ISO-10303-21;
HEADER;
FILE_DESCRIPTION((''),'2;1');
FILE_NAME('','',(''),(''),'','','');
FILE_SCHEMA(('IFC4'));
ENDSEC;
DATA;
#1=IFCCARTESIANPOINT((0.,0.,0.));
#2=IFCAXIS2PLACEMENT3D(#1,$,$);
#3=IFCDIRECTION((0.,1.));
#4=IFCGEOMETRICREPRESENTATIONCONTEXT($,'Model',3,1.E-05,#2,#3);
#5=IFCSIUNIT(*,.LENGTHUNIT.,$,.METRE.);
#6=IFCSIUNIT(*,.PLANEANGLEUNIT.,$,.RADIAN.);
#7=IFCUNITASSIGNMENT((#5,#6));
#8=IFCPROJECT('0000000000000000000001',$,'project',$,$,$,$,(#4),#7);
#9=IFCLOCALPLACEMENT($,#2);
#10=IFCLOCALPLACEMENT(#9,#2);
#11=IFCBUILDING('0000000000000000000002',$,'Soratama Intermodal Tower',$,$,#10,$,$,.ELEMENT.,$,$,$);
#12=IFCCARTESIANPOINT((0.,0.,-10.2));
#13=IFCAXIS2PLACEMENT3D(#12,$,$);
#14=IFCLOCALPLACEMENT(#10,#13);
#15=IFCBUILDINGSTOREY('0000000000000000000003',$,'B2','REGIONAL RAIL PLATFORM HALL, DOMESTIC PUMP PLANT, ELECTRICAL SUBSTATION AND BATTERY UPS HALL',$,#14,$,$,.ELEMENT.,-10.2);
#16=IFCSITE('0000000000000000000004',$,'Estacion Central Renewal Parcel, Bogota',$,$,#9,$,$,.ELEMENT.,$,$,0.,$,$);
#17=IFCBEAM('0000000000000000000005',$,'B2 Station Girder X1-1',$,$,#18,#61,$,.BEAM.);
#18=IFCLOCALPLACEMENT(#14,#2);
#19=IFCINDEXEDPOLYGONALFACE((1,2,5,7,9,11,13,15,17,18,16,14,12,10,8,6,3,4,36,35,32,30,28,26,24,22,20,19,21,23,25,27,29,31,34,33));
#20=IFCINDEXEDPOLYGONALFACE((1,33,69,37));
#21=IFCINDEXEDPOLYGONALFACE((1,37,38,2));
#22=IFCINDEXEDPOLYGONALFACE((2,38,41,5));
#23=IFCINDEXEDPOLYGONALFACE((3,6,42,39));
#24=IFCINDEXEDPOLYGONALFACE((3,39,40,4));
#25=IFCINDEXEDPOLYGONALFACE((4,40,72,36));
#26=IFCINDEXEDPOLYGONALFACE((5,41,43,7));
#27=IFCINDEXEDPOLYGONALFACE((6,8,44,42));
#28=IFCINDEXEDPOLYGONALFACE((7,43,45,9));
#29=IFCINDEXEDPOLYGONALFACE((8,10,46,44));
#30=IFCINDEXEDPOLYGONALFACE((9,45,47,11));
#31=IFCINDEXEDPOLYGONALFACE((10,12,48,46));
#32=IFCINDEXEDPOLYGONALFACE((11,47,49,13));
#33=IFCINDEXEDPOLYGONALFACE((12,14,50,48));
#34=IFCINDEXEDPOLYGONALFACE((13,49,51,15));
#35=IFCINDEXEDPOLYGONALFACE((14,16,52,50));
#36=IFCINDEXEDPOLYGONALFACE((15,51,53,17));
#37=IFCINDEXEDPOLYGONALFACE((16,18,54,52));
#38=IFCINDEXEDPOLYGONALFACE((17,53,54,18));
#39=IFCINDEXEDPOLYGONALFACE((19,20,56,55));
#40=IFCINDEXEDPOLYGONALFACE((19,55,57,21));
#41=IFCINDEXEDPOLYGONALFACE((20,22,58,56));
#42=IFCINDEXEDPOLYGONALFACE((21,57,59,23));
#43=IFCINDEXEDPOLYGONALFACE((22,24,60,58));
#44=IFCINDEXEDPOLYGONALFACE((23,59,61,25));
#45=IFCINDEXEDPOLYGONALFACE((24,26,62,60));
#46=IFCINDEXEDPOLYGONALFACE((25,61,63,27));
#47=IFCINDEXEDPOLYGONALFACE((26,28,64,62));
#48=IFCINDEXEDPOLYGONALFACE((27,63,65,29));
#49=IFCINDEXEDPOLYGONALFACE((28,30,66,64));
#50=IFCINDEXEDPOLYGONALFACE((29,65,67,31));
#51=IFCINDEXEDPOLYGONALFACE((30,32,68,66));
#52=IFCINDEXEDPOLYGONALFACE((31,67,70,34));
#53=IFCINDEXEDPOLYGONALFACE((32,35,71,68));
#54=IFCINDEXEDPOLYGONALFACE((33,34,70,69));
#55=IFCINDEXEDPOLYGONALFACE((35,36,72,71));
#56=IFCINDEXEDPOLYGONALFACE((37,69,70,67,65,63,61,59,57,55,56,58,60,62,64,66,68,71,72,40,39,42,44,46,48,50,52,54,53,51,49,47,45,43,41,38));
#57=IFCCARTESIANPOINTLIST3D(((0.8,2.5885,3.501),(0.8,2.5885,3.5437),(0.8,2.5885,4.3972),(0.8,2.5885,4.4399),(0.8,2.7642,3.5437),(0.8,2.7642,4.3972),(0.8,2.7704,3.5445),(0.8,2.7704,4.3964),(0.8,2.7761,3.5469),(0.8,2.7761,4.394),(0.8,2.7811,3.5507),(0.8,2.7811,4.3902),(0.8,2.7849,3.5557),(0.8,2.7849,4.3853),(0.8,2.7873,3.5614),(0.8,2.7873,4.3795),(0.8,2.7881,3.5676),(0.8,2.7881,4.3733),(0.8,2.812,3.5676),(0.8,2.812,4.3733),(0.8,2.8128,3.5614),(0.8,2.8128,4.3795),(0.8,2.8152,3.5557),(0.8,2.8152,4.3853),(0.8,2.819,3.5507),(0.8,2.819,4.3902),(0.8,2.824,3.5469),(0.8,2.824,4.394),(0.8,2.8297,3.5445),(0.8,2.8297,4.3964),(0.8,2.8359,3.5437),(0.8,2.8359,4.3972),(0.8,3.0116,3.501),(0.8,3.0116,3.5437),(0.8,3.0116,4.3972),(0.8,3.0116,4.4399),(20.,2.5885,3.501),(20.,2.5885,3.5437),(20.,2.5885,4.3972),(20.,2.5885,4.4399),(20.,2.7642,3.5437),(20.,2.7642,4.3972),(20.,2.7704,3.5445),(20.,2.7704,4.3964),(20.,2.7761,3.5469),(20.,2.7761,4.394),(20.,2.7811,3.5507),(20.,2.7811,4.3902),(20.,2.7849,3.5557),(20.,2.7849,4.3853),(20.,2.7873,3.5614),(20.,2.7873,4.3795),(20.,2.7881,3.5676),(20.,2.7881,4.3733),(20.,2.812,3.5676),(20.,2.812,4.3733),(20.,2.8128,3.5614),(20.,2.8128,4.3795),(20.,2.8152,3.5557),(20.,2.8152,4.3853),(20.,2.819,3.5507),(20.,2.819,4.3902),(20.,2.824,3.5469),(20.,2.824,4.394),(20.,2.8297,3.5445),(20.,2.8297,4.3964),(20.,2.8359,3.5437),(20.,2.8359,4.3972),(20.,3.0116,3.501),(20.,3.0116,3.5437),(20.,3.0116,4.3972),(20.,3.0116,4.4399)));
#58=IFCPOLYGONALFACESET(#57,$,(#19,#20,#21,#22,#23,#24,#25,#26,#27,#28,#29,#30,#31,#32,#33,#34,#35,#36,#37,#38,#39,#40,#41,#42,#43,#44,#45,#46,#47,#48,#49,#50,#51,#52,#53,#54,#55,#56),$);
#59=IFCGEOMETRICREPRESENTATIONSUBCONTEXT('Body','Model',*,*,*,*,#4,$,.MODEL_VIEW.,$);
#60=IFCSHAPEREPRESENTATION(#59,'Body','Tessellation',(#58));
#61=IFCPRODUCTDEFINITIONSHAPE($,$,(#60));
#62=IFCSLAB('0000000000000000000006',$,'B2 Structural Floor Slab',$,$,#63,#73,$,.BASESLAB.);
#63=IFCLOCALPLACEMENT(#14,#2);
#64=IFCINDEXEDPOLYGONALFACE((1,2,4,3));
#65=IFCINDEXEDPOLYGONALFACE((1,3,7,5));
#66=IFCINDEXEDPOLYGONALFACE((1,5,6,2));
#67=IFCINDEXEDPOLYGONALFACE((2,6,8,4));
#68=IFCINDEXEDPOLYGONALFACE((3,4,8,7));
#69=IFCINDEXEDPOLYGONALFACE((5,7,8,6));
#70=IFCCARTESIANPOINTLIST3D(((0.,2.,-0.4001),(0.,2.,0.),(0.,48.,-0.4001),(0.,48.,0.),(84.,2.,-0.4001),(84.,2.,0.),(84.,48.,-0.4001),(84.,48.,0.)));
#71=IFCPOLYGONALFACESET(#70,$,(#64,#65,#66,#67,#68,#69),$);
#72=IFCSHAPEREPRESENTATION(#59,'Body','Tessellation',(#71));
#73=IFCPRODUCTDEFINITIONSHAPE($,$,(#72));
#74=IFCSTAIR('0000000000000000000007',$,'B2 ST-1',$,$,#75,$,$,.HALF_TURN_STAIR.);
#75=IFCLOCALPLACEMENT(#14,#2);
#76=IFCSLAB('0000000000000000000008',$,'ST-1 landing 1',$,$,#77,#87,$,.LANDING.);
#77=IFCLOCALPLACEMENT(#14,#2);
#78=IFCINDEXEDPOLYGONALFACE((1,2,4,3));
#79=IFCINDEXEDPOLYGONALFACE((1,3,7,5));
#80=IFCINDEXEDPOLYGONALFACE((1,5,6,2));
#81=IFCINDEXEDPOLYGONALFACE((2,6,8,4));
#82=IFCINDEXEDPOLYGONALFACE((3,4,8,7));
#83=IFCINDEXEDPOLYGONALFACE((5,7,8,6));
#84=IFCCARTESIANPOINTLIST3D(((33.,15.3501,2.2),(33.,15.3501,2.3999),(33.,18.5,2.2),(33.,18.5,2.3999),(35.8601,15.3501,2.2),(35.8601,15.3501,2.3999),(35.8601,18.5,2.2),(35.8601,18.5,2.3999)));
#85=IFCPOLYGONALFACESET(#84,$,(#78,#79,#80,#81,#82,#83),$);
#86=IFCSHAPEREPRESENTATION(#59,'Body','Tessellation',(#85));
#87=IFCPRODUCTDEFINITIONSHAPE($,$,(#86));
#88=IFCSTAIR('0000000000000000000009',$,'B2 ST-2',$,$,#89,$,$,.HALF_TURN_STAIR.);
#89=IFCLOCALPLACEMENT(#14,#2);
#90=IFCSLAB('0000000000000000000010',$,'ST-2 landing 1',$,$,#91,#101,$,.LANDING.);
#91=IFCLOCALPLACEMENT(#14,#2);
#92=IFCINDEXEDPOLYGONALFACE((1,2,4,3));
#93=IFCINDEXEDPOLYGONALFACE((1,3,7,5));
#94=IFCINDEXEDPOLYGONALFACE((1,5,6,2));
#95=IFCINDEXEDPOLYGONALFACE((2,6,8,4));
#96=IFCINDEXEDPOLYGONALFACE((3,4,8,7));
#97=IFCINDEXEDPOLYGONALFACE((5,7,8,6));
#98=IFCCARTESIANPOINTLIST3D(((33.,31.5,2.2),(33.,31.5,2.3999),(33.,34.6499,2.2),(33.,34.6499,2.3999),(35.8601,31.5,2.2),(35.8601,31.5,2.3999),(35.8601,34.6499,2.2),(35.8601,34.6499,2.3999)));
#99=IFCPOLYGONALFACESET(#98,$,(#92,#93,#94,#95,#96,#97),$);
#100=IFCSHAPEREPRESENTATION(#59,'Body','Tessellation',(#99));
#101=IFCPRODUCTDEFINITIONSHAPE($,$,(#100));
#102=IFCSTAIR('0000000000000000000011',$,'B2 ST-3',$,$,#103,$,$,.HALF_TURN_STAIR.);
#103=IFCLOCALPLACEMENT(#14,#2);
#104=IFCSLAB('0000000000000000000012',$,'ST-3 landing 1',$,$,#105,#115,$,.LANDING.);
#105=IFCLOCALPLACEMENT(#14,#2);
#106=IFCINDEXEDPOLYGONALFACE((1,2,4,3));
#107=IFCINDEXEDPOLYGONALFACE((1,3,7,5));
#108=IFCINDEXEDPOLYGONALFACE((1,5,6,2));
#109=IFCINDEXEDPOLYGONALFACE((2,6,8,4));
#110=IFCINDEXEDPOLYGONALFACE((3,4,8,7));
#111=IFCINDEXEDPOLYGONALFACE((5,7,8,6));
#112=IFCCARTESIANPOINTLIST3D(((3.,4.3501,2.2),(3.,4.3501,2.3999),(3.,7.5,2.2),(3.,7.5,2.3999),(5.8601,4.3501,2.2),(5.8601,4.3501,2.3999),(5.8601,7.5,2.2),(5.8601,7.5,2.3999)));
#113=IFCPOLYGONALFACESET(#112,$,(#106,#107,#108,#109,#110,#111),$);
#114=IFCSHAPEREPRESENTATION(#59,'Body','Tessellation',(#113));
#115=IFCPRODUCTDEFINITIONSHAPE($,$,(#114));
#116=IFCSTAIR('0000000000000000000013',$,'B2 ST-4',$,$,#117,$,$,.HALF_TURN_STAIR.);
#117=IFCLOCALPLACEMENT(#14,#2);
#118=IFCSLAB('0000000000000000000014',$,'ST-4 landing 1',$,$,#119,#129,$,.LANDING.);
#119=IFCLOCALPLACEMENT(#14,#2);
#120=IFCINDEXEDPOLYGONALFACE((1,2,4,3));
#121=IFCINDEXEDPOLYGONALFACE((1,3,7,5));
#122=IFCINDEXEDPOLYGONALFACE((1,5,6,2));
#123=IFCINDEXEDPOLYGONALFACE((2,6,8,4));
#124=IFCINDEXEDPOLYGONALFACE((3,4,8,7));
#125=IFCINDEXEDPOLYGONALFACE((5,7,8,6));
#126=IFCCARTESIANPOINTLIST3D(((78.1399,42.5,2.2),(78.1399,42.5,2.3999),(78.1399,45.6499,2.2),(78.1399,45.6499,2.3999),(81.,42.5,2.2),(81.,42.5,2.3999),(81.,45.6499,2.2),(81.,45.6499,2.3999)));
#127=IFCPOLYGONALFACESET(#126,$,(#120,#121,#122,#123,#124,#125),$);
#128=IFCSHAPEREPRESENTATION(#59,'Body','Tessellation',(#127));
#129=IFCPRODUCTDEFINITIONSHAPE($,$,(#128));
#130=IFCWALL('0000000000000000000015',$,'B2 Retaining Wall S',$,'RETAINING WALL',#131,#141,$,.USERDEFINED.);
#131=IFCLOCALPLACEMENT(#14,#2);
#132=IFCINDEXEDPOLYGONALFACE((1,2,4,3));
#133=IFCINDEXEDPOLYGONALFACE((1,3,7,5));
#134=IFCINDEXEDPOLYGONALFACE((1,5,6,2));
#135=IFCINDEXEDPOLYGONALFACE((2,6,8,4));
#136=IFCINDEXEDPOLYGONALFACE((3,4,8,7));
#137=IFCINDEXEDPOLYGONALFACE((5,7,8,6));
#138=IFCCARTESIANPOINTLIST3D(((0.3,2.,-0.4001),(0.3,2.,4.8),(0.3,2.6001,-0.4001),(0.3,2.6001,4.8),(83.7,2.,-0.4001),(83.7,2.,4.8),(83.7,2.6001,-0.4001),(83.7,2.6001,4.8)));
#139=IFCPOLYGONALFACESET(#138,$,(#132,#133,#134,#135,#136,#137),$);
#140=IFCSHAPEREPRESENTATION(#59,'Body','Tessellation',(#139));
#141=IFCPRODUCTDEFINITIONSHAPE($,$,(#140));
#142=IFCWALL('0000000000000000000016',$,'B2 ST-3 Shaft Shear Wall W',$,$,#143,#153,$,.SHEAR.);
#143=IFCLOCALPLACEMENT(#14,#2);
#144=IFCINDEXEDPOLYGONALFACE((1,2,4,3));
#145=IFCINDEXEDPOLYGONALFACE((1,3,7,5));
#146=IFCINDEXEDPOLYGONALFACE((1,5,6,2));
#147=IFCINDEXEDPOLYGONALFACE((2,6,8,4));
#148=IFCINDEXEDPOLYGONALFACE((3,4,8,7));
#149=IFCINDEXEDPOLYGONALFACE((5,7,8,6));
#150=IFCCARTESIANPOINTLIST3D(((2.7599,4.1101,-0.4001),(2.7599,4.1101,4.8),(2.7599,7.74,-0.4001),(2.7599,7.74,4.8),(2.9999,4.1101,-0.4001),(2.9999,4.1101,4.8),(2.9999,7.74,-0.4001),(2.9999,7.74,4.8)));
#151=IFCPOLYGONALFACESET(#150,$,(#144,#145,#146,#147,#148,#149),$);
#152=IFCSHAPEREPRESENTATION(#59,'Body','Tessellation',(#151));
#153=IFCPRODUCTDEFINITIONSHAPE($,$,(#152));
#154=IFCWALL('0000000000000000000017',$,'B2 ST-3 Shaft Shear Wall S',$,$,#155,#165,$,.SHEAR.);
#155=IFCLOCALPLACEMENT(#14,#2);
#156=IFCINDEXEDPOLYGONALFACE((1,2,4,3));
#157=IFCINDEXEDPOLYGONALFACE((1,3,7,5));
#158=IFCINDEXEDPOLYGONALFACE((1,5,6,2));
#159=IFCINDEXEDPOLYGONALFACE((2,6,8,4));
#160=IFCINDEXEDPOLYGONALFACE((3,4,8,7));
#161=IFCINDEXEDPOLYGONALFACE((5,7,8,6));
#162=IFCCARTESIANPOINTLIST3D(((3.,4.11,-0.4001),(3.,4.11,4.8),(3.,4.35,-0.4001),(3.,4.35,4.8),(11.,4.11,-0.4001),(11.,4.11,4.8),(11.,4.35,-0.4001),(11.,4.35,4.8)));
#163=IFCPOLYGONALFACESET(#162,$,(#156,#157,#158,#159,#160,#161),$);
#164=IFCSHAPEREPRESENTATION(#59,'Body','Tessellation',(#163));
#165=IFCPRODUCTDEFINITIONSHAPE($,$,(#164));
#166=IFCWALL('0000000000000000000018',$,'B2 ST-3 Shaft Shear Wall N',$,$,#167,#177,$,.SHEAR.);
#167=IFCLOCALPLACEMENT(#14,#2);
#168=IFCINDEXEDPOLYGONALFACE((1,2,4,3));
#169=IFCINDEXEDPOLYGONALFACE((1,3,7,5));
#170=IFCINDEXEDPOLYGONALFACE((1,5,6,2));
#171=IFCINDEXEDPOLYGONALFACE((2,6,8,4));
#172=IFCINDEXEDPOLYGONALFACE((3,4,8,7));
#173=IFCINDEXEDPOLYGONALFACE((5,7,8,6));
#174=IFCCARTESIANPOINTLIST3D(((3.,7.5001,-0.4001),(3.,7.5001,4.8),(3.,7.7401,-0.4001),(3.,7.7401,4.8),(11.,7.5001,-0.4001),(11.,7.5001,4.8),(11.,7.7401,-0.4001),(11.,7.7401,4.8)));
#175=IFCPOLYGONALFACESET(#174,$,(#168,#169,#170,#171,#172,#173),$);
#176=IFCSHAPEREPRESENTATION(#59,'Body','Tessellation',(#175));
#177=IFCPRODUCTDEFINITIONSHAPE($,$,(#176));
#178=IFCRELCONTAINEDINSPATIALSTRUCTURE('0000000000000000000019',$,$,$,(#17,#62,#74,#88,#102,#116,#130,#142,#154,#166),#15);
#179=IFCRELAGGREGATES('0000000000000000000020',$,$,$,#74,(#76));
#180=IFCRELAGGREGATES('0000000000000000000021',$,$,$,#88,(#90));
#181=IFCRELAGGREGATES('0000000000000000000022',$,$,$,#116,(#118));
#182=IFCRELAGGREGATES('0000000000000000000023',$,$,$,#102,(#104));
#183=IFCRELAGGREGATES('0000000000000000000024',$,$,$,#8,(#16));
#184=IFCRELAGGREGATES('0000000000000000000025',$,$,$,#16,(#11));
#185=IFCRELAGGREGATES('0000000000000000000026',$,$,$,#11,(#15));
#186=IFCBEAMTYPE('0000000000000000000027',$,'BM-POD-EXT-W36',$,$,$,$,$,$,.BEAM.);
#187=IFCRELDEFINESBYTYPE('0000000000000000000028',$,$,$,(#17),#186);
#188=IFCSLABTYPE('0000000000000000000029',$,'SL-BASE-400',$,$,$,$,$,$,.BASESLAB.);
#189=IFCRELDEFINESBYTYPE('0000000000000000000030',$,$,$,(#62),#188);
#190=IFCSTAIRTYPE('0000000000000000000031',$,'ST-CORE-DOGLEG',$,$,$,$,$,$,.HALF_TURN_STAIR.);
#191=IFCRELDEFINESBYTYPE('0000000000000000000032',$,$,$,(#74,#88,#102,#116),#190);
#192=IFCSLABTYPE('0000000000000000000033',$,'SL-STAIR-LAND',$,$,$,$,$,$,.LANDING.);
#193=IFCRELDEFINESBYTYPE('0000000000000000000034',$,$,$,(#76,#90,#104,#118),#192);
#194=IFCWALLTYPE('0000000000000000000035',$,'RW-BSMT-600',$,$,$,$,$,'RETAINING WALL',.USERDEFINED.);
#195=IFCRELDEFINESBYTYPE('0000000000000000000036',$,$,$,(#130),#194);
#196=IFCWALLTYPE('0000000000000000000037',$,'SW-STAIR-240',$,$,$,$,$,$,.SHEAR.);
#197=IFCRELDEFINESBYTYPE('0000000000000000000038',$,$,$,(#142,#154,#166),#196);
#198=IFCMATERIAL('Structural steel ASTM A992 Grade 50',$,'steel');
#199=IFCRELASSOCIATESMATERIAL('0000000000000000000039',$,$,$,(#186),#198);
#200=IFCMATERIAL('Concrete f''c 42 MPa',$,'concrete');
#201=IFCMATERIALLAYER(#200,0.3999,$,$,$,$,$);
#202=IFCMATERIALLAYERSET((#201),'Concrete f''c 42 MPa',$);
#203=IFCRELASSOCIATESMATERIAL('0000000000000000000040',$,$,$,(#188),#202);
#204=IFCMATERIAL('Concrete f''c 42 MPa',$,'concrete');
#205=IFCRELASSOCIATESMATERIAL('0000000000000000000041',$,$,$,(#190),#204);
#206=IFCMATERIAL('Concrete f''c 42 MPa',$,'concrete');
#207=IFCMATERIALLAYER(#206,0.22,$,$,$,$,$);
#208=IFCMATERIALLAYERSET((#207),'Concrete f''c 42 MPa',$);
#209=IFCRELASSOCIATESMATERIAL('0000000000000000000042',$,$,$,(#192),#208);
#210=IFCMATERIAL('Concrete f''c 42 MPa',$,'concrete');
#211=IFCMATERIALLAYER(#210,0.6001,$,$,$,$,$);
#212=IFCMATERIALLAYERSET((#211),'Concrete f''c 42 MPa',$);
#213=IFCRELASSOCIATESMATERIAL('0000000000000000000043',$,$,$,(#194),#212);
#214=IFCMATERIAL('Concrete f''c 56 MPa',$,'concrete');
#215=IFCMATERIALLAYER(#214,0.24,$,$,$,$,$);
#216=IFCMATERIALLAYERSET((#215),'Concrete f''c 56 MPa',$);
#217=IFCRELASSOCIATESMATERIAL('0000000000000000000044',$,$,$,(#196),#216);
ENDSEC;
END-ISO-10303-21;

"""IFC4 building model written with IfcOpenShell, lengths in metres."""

from ifc_helpers import new_model, si_unit, direction, frame, frame_2d, origin, origin_2d, place, context, subcontext, project, spatial, polyline, rectangle, i_section, outline, extrude, material, layer, layer_set, material_profile, profile_set, type_object, element, aggregate, save


model = new_model("IFC4")

# Units and contexts
model_context = context("Model", 3, precision=1e-05, world=origin(), true_north=direction((0.0, 1.0)))
body_context = subcontext(model_context, "Body", "Model", "MODEL_VIEW")
ifc_project = project(units=[si_unit("LENGTHUNIT", "METRE"), si_unit("PLANEANGLEUNIT", "RADIAN")], contexts=[model_context])

# Site, building, storey
site_placement = place(None, origin())
site = spatial("IfcSite", under=ifc_project, at=site_placement, Name="Estacion Central Renewal Parcel, Bogota", CompositionType="ELEMENT", RefElevation=0.0)
building_placement = place(site_placement, origin())
building = spatial("IfcBuilding", under=site, at=building_placement, Name="Soratama Intermodal Tower", CompositionType="ELEMENT")
storey_placement = place(building_placement, frame((0.0, 0.0, -10.2)))
storey = spatial("IfcBuildingStorey", under=building, at=storey_placement, Name="B2", Description="REGIONAL RAIL PLATFORM HALL, DOMESTIC PUMP PLANT, ELECTRICAL SUBSTATION AND BATTERY UPS HALL", CompositionType="ELEMENT", Elevation=-10.2)

# Beam
ifc_material_1 = material(Name="Structural steel ASTM A992 Grade 50", Category="steel")
ifc_material_profile_1 = material_profile(ifc_material_1, i_section(OverallWidth=0.4231, OverallDepth=0.939, WebThickness=0.0239, FlangeThickness=0.0427, FilletRadius=0.0239, at=origin_2d()), Name="W36X302")
ifc_profile_set_1 = profile_set([ifc_material_profile_1], Name="Structural steel ASTM A992 Grade 50")
beam_type_1 = type_object("IfcBeamType", Name="BM-POD-EXT-W36", PredefinedType="BEAM", material=ifc_profile_set_1)
beam_1_placement = place(storey_placement, frame((0.8, 2.8, 3.9705), z_axis=(1.0, 0.0, 0.0), x_axis=(0.0, 1.0, 0.0)))
element("IfcBeam", 1, at=beam_1_placement, inside=storey, type_object=beam_type_1, Name="B2 Station Girder X1-1", PredefinedType="BEAM", context=body_context, shape_type="SweptSolid", body=[
    extrude(i_section(OverallWidth=0.4231, OverallDepth=0.939, WebThickness=0.0239, FlangeThickness=0.0427, FilletRadius=0.0239, at=origin_2d()), origin(), (0.0, 0.0, 1.0), 19.2),
])

# Slab
ifc_material_2 = material(Name="Concrete f'c 42 MPa", Category="concrete")
ifc_layer_1 = layer(ifc_material_2, 0.3999)
ifc_layer_set_1 = layer_set([ifc_layer_1], Name="Concrete f'c 42 MPa")
slab_type_1 = type_object("IfcSlabType", Name="SL-BASE-400", PredefinedType="BASESLAB", material=ifc_layer_set_1)
slab_1_placement = place(storey_placement, frame((0.0, 0.0, -0.4001)))
element("IfcSlab", 2, at=slab_1_placement, inside=storey, type_object=slab_type_1, Name="B2 Structural Floor Slab", PredefinedType="BASESLAB", context=body_context, shape_type="SweptSolid", body=[
    extrude(outline(polyline([(0.0, 2.0), (84.0, 2.0), (84.0, 48.0), (0.0, 48.0), (0.0, 2.0)])), origin(), (0.0, 0.0, 1.0), 0.4001),
])

# Stairs, slabs
ifc_material_3 = material(Name="Concrete f'c 42 MPa", Category="concrete")
stair_type = type_object("IfcStairType", Name="ST-CORE-DOGLEG", PredefinedType="HALF_TURN_STAIR", material=ifc_material_3)
stair_1_placement = place(storey_placement, origin())
stair_1 = element("IfcStair", 3, at=stair_1_placement, inside=storey, type_object=stair_type, Name="B2 ST-1", PredefinedType="HALF_TURN_STAIR")
ifc_material_4 = material(Name="Concrete f'c 42 MPa", Category="concrete")
ifc_layer_2 = layer(ifc_material_4, 0.22)
ifc_layer_set_2 = layer_set([ifc_layer_2], Name="Concrete f'c 42 MPa")
slab_type_2 = type_object("IfcSlabType", Name="SL-STAIR-LAND", PredefinedType="LANDING", material=ifc_layer_set_2)
slab_2_placement = place(storey_placement, frame((0.0, 0.0, 2.2)))
slab_2 = element("IfcSlab", 4, at=slab_2_placement, type_object=slab_type_2, Name="ST-1 landing 1", PredefinedType="LANDING", context=body_context, shape_type="SweptSolid", body=[
    extrude(outline(polyline([(35.8601, 18.5), (33.0, 18.5), (33.0, 15.3501), (35.8601, 15.3501), (35.8601, 18.5)])), origin(), (0.0, 0.0, 1.0), 0.2),
])
aggregate(stair_1, [slab_2])
stair_2_placement = place(storey_placement, origin())
stair_2 = element("IfcStair", 5, at=stair_2_placement, inside=storey, type_object=stair_type, Name="B2 ST-2", PredefinedType="HALF_TURN_STAIR")
slab_3_placement = place(storey_placement, frame((0.0, 0.0, 2.2)))
slab_3 = element("IfcSlab", 6, at=slab_3_placement, type_object=slab_type_2, Name="ST-2 landing 1", PredefinedType="LANDING", context=body_context, shape_type="SweptSolid", body=[
    extrude(outline(polyline([(35.8601, 34.6499), (33.0, 34.6499), (33.0, 31.5), (35.8601, 31.5), (35.8601, 34.6499)])), origin(), (0.0, 0.0, 1.0), 0.2),
])
aggregate(stair_2, [slab_3])
stair_3_placement = place(storey_placement, origin())
stair_3 = element("IfcStair", 7, at=stair_3_placement, inside=storey, type_object=stair_type, Name="B2 ST-3", PredefinedType="HALF_TURN_STAIR")
slab_4_placement = place(storey_placement, frame((0.0, 0.0, 2.2)))
slab_4 = element("IfcSlab", 8, at=slab_4_placement, type_object=slab_type_2, Name="ST-3 landing 1", PredefinedType="LANDING", context=body_context, shape_type="SweptSolid", body=[
    extrude(outline(polyline([(5.8601, 7.5), (3.0, 7.5), (3.0, 4.3501), (5.8601, 4.3501), (5.8601, 7.5)])), origin(), (0.0, 0.0, 1.0), 0.2),
])
stair_4_placement = place(storey_placement, origin())
stair_4 = element("IfcStair", 9, at=stair_4_placement, inside=storey, type_object=stair_type, Name="B2 ST-4", PredefinedType="HALF_TURN_STAIR")
slab_5_placement = place(storey_placement, frame((0.0, 0.0, 2.2)))
slab_5 = element("IfcSlab", 10, at=slab_5_placement, type_object=slab_type_2, Name="ST-4 landing 1", PredefinedType="LANDING", context=body_context, shape_type="SweptSolid", body=[
    extrude(outline(polyline([(78.1399, 42.5), (81.0, 42.5), (81.0, 45.6499), (78.1399, 45.6499), (78.1399, 42.5)])), origin(), (0.0, 0.0, 1.0), 0.2),
])
aggregate(stair_4, [slab_5])

# Walls
ifc_material_5 = material(Name="Concrete f'c 42 MPa", Category="concrete")
ifc_layer_3 = layer(ifc_material_5, 0.6001)
ifc_layer_set_3 = layer_set([ifc_layer_3], Name="Concrete f'c 42 MPa")
wall_type_1 = type_object("IfcWallType", Name="RW-BSMT-600", ElementType="RETAINING WALL", PredefinedType="USERDEFINED", material=ifc_layer_set_3)
wall_1_placement = place(storey_placement, frame((0.3, 2.3, -0.4001), z_axis=(0.0, 0.0, 1.0), x_axis=(1.0, 0.0, 0.0)))
element("IfcWall", 11, at=wall_1_placement, inside=storey, type_object=wall_type_1, Name="B2 Retaining Wall S", ObjectType="RETAINING WALL", PredefinedType="USERDEFINED", context=body_context, shape_type="SweptSolid", body=[
    extrude(rectangle(XDim=83.3999, YDim=0.6001, at=frame_2d((41.7, 0.0))), origin(), (0.0, 0.0, 1.0), 5.2002),
])
ifc_material_6 = material(Name="Concrete f'c 56 MPa", Category="concrete")
ifc_layer_4 = layer(ifc_material_6, 0.24)
ifc_layer_set_4 = layer_set([ifc_layer_4], Name="Concrete f'c 56 MPa")
wall_type_2 = type_object("IfcWallType", Name="SW-STAIR-240", PredefinedType="SHEAR", material=ifc_layer_set_4)
wall_2_placement = place(storey_placement, frame((2.8799, 4.1101, -0.4001), z_axis=(0.0, 0.0, 1.0), x_axis=(0.0, 1.0, 0.0)))
element("IfcWall", 12, at=wall_2_placement, inside=storey, type_object=wall_type_2, Name="B2 ST-3 Shaft Shear Wall W", PredefinedType="SHEAR", context=body_context, shape_type="SweptSolid", body=[
    extrude(rectangle(XDim=3.6299, YDim=0.24, at=frame_2d((1.8149, 0.0))), origin(), (0.0, 0.0, 1.0), 5.2002),
])
for number, where, z_axis, x_axis, name in (
    (13, (3.0, 4.23, -0.4001), (0.0, 0.0, 1.0), (1.0, 0.0, 0.0), "B2 ST-3 Shaft Shear Wall S"),
    (14, (3.0, 7.6201, -0.4001), (0.0, 0.0, 1.0), (1.0, 0.0, 0.0), "B2 ST-3 Shaft Shear Wall N"),
):
    element("IfcWall", number, at=place(storey_placement, frame(where, z_axis=z_axis, x_axis=x_axis)), inside=storey, type_object=wall_type_2, Name=name, PredefinedType="SHEAR", context=body_context, shape_type="SweptSolid", body=[
        extrude(rectangle(XDim=8.0, YDim=0.24, at=frame_2d((4.0, 0.0))), origin(), (0.0, 0.0, 1.0), 5.2002),
    ])

aggregate(stair_3, [slab_4])

save(model, "model.ifc")
